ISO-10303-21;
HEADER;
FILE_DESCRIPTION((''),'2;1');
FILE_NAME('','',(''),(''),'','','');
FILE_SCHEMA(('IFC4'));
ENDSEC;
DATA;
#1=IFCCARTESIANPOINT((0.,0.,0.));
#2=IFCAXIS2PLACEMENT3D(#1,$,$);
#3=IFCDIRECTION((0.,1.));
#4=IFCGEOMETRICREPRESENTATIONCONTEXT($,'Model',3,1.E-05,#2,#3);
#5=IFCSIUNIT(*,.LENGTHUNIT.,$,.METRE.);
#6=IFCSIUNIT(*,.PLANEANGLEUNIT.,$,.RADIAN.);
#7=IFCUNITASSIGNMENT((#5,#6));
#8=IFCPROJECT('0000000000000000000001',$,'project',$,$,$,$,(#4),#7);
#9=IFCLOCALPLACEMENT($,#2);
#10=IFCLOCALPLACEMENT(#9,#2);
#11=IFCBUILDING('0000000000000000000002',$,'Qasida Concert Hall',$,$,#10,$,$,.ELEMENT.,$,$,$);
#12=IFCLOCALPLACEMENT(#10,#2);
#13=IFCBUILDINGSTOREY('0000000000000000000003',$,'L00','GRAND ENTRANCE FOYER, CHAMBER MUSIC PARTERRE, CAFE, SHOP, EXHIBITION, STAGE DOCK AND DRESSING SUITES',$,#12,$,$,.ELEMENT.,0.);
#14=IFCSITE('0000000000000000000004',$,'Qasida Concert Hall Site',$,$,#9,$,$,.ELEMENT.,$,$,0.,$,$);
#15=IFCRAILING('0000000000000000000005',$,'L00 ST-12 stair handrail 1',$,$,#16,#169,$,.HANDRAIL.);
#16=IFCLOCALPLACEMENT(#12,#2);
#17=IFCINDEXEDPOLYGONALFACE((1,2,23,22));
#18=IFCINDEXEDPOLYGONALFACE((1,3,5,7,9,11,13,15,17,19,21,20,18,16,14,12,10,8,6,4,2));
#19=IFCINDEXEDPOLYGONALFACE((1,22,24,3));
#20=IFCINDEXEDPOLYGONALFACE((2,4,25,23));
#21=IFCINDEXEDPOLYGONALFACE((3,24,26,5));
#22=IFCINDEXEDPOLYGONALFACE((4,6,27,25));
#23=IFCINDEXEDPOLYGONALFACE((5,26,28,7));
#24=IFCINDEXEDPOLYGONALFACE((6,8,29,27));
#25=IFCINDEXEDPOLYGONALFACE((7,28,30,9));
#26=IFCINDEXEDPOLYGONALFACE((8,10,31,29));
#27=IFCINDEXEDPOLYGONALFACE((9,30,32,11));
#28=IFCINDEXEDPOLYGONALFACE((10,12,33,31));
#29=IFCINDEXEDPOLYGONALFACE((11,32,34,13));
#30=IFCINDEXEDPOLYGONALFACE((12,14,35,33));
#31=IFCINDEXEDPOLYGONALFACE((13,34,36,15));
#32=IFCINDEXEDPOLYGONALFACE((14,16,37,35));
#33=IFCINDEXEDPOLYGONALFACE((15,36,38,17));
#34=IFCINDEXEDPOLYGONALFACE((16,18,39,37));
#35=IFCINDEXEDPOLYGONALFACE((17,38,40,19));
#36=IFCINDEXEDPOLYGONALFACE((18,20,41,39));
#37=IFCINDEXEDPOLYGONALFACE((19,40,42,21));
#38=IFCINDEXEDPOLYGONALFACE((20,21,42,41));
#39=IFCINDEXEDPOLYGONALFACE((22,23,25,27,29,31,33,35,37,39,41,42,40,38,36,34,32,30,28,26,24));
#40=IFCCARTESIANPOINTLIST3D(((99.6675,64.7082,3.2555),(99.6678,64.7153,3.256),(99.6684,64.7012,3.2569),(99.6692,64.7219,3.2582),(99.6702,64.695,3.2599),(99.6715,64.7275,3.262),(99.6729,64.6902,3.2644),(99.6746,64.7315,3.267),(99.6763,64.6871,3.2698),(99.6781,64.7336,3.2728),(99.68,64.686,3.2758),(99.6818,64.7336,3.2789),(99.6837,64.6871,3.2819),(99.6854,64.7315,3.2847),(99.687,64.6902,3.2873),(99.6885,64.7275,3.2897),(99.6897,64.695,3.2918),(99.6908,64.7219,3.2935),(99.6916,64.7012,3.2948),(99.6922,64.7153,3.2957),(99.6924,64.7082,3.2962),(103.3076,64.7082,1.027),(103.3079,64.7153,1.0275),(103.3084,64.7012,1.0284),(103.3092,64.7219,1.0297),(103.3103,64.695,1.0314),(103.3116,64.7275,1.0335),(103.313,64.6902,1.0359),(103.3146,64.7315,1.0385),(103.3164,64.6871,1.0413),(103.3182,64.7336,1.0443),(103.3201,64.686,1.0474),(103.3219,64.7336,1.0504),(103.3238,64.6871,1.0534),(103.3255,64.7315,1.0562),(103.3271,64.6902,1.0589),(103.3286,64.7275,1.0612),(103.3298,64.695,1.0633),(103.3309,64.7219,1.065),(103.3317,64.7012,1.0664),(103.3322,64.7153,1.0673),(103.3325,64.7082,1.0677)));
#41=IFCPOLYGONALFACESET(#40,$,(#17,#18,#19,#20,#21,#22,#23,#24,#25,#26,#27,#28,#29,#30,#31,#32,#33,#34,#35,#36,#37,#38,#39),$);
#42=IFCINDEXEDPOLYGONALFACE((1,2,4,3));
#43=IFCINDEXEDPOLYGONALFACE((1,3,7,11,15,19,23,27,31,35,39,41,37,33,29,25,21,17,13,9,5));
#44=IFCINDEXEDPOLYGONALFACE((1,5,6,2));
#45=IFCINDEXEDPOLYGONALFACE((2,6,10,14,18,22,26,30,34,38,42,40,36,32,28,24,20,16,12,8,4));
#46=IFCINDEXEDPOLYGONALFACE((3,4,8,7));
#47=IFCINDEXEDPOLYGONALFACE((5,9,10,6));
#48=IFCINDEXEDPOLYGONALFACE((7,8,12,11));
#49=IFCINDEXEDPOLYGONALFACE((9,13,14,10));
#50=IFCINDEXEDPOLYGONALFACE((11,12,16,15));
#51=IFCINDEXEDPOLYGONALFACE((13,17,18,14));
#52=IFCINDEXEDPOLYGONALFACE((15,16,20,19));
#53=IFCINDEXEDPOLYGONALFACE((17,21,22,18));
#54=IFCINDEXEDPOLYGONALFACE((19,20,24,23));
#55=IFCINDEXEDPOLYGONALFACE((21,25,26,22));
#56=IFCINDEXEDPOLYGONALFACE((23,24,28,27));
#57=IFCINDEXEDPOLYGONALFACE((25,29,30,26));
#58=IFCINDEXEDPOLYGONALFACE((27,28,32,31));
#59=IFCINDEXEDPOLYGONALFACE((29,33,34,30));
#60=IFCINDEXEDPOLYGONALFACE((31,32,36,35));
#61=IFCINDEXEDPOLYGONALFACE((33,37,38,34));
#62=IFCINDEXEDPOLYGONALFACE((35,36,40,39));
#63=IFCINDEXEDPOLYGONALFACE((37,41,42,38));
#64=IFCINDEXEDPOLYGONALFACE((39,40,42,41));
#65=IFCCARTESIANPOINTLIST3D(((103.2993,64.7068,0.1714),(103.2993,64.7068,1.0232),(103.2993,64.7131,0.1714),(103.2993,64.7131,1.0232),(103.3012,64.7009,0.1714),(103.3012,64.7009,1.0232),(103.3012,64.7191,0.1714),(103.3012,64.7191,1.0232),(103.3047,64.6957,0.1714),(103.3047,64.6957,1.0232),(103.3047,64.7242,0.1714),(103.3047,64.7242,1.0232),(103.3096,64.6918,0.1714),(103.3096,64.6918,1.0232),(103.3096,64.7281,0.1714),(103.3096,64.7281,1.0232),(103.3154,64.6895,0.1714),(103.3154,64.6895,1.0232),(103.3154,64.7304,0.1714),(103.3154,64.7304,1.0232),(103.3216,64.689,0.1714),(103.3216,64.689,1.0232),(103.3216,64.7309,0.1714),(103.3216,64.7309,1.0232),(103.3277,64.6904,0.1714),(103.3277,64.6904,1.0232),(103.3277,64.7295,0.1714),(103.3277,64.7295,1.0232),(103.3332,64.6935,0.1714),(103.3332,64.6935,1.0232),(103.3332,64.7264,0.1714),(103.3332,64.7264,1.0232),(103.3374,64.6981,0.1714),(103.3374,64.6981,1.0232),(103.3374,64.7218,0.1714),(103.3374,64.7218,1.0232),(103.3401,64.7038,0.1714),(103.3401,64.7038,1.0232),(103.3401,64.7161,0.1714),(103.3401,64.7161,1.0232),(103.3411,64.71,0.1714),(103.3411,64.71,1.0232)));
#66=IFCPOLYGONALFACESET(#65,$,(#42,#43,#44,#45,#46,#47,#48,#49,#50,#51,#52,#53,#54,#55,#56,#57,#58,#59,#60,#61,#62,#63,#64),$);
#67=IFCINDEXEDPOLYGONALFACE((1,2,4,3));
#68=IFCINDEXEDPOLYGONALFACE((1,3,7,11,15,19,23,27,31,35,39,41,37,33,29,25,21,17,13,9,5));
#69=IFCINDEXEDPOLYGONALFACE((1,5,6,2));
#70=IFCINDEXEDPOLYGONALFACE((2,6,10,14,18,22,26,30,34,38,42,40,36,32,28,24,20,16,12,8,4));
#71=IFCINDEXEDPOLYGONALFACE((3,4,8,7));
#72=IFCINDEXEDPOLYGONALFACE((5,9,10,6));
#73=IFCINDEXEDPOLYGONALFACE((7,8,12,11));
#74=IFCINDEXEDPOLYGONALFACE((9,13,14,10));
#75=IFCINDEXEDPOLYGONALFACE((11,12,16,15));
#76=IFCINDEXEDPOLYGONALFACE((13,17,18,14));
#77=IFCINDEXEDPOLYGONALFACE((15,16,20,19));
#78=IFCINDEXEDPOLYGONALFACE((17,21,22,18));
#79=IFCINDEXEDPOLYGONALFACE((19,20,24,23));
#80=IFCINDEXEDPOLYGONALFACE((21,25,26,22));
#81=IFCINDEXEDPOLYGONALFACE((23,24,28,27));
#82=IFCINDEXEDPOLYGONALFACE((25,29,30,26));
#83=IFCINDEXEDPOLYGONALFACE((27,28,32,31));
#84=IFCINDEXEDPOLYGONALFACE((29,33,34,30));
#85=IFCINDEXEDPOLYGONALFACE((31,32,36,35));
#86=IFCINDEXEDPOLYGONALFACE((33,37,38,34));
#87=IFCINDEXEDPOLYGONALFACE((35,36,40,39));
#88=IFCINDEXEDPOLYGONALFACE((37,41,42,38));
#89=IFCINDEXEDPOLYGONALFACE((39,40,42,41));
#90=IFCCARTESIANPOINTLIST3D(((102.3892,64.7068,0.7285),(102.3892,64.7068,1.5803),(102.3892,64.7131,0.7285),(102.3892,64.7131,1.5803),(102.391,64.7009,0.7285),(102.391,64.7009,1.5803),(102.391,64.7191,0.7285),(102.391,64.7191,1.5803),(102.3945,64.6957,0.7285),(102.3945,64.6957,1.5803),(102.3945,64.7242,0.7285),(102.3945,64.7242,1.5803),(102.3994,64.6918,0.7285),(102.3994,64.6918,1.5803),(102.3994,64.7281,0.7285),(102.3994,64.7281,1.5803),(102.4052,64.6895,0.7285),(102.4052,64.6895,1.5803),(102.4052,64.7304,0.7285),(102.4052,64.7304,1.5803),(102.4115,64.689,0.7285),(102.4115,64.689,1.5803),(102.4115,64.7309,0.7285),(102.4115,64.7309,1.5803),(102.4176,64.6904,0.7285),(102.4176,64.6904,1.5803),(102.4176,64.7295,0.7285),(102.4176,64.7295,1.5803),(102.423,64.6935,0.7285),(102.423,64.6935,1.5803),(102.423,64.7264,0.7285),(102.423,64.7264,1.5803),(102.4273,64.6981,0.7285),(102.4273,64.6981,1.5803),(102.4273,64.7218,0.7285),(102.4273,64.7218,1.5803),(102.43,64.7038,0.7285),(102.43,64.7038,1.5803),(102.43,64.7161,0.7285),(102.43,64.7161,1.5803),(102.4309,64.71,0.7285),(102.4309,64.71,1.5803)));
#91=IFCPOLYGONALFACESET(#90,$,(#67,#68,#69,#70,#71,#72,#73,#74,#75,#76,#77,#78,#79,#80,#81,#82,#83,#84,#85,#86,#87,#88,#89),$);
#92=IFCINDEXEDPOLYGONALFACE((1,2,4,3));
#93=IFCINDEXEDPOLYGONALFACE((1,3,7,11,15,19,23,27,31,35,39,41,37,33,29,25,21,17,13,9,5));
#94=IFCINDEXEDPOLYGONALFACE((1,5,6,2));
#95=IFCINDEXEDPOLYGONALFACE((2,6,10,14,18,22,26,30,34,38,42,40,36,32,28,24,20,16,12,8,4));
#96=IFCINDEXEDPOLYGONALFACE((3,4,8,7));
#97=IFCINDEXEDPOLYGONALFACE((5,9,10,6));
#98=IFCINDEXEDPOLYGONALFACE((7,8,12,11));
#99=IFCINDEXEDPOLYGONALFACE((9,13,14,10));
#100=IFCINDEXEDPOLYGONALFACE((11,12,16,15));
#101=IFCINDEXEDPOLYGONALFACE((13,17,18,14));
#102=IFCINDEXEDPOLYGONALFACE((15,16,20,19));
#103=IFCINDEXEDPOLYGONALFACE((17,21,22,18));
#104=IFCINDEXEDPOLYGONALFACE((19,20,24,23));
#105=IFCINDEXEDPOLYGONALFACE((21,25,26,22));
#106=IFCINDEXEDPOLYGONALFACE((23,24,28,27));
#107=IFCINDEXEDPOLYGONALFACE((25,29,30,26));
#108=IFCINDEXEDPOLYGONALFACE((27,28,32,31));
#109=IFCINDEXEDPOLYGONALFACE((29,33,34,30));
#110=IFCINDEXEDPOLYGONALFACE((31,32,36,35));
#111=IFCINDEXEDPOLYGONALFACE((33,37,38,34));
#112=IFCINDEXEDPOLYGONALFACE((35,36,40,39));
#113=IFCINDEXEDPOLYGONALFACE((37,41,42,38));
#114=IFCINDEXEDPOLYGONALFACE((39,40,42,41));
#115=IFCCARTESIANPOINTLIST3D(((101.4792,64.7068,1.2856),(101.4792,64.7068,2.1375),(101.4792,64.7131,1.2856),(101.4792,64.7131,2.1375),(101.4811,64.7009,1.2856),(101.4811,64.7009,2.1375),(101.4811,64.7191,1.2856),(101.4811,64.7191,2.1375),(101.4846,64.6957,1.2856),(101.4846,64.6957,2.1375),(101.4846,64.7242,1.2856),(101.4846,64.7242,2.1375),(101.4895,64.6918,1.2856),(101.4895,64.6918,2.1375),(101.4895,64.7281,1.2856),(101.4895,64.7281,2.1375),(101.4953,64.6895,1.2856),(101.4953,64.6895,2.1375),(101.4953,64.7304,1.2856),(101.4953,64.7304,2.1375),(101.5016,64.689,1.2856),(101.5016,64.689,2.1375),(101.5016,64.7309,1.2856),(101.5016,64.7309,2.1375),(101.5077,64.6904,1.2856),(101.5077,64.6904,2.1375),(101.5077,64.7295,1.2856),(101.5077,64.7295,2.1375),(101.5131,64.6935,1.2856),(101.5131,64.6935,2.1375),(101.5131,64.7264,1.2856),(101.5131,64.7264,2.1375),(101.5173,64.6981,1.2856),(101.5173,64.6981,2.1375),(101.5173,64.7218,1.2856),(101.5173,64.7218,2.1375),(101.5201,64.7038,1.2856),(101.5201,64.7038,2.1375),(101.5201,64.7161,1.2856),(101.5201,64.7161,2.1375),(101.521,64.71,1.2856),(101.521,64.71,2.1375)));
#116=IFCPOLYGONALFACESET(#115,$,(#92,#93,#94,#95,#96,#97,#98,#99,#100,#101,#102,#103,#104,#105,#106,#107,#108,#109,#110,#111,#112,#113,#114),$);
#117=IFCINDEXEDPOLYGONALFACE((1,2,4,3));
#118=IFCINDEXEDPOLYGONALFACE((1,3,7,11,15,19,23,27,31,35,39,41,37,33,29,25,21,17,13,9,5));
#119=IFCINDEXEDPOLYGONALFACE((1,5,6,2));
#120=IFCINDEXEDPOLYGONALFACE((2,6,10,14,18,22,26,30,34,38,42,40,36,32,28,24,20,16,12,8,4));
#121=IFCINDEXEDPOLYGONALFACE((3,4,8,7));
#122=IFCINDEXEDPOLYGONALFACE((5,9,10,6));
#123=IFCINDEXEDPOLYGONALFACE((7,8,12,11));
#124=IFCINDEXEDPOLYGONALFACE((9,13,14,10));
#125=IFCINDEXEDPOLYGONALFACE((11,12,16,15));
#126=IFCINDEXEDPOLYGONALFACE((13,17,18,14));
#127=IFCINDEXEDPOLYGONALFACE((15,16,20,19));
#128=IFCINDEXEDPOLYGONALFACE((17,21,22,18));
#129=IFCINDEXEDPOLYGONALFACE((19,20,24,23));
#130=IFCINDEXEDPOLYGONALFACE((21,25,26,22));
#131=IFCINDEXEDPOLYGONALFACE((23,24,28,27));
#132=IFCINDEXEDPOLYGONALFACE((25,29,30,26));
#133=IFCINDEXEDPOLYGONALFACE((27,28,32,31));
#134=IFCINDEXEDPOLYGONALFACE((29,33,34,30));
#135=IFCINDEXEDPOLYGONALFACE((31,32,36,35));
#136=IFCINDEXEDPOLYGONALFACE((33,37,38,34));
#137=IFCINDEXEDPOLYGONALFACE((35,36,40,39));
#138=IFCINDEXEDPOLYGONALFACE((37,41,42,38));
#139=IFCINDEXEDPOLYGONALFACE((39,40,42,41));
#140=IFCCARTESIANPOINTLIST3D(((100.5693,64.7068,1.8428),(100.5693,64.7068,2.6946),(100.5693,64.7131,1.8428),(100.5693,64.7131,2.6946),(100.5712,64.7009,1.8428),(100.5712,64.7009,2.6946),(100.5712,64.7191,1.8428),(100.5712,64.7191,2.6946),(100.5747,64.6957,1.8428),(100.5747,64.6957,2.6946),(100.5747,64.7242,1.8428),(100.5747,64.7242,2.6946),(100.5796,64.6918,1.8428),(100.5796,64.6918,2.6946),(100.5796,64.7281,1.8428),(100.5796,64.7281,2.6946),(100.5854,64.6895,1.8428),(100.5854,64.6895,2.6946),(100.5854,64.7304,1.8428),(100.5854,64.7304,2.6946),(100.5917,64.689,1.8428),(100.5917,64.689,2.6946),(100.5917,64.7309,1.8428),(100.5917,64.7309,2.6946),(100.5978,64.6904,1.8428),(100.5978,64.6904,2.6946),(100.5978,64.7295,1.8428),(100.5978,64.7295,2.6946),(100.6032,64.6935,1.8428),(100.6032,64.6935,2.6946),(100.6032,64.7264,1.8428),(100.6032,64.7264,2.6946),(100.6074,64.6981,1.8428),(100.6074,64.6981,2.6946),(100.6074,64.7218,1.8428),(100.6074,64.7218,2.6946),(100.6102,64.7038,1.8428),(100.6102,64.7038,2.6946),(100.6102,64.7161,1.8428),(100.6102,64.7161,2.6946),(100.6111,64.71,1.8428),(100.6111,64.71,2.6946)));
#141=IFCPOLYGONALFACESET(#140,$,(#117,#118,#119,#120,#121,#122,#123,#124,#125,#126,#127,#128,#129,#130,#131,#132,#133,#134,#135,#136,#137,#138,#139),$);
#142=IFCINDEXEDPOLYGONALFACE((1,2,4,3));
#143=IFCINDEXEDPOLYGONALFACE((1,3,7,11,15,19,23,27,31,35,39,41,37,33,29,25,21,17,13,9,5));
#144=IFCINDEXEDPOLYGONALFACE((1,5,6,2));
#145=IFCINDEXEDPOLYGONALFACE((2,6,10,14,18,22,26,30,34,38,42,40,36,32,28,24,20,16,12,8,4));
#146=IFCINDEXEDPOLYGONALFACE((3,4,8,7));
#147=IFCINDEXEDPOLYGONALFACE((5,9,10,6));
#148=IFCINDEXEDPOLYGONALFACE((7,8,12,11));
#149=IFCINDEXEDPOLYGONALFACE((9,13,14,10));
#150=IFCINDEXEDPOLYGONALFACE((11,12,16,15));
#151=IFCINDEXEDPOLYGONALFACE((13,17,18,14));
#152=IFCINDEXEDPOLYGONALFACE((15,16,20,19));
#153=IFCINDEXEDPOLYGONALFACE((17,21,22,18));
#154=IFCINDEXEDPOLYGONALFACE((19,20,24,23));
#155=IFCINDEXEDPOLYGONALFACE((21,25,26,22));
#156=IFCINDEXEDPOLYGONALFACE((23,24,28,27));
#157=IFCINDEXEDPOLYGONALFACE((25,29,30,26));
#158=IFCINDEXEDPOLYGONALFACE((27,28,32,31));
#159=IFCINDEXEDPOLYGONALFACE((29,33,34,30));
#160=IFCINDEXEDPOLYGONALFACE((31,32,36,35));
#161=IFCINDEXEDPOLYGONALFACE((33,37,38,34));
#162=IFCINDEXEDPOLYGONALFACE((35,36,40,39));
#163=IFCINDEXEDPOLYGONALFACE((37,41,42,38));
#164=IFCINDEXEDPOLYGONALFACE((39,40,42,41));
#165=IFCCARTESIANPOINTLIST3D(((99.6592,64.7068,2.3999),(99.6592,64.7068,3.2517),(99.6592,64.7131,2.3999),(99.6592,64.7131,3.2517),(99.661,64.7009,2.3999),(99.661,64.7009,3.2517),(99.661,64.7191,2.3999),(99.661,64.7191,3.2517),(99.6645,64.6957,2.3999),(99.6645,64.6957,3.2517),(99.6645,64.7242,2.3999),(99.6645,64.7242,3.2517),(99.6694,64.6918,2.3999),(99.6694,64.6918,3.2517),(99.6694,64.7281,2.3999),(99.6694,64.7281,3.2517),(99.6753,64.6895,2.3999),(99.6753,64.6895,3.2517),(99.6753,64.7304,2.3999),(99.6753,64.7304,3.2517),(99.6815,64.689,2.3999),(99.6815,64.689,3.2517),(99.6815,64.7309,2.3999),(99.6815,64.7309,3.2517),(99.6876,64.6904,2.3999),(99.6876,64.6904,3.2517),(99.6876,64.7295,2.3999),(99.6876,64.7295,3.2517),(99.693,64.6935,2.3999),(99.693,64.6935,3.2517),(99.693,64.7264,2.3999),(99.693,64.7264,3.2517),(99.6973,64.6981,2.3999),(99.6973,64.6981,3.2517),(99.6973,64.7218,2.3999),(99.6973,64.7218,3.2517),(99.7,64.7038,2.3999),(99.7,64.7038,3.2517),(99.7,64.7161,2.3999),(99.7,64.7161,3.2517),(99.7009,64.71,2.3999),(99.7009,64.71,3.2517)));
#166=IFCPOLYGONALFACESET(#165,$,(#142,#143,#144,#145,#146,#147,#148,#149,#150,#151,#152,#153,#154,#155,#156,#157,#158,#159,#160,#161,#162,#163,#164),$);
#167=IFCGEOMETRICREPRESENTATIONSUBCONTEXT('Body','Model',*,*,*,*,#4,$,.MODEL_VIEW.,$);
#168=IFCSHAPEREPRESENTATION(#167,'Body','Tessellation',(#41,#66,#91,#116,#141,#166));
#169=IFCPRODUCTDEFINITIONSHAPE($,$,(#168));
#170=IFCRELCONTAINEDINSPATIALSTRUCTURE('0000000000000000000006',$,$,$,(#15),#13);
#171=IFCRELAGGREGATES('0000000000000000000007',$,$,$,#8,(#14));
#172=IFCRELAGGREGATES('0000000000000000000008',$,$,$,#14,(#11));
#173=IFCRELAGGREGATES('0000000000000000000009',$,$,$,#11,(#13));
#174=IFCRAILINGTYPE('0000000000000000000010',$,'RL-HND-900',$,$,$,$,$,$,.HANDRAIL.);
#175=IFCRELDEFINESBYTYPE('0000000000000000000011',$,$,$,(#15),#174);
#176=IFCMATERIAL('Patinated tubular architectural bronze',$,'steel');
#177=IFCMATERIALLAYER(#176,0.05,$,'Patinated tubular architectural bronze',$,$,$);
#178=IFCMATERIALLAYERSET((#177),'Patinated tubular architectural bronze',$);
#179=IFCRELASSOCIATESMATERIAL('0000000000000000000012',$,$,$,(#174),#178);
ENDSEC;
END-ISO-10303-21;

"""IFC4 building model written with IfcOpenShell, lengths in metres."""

from ifc_helpers import new_model, si_unit, direction, frame, origin, origin_2d, place, context, subcontext, project, spatial, circle, extrude, material, layer, layer_set, type_object, element, save


model = new_model("IFC4")

# Units and contexts
model_context = context("Model", 3, precision=1e-05, world=origin(), true_north=direction((0.0, 1.0)))
body_context = subcontext(model_context, "Body", "Model", "MODEL_VIEW")
ifc_project = project(units=[si_unit("LENGTHUNIT", "METRE"), si_unit("PLANEANGLEUNIT", "RADIAN")], contexts=[model_context])

# Site, building, storey
site_placement = place(None, origin())
site = spatial("IfcSite", under=ifc_project, at=site_placement, Name="Qasida Concert Hall Site", CompositionType="ELEMENT", RefElevation=0.0)
building_placement = place(site_placement, origin())
building = spatial("IfcBuilding", under=site, at=building_placement, Name="Qasida Concert Hall", CompositionType="ELEMENT")
storey_placement = place(building_placement, origin())
storey = spatial("IfcBuildingStorey", under=building, at=storey_placement, Name="L00", Description="GRAND ENTRANCE FOYER, CHAMBER MUSIC PARTERRE, CAFE, SHOP, EXHIBITION, STAGE DOCK AND DRESSING SUITES", CompositionType="ELEMENT", Elevation=0.0)

# Railing
ifc_material_1 = material(Name="Patinated tubular architectural bronze", Category="steel")
ifc_layer_1 = layer(ifc_material_1, 0.05, Name="Patinated tubular architectural bronze")
ifc_layer_set_1 = layer_set([ifc_layer_1], Name="Patinated tubular architectural bronze")
railing_type_1 = type_object("IfcRailingType", Name="RL-HND-900", PredefinedType="HANDRAIL", material=ifc_layer_set_1)
railing_1_placement = place(storey_placement, frame((103.3201, 64.71, 0.1714)))
element("IfcRailing", 1, at=railing_1_placement, inside=storey, type_object=railing_type_1, Name="L00 ST-12 stair handrail 1", PredefinedType="HANDRAIL", context=body_context, shape_type="SweptSolid", body=[
    extrude(circle(Radius=0.0239, at=origin_2d()), frame((0.0, 0.0, 0.876), z_axis=(-0.852866, 0.0, 0.52213), x_axis=(0.0, -1.0, 0.0)), (0.0, 0.0, 1.0), 4.2681),
    extrude(circle(Radius=0.021, at=origin_2d()), origin(), (0.0, 0.0, 1.0), 0.8518),
    extrude(circle(Radius=0.021, at=origin_2d()), frame((-0.9102, 0.0, 0.5571)), (0.0, 0.0, 1.0), 0.8518),
    extrude(circle(Radius=0.021, at=origin_2d()), frame((-1.8201, 0.0, 1.1143)), (0.0, 0.0, 1.0), 0.8518),
    extrude(circle(Radius=0.021, at=origin_2d()), frame((-2.73, 0.0, 1.6714)), (0.0, 0.0, 1.0), 0.8518),
    extrude(circle(Radius=0.021, at=origin_2d()), frame((-3.6401, 0.0, 2.2285)), (0.0, 0.0, 1.0), 0.8518),
])

save(model, "model.ifc")
